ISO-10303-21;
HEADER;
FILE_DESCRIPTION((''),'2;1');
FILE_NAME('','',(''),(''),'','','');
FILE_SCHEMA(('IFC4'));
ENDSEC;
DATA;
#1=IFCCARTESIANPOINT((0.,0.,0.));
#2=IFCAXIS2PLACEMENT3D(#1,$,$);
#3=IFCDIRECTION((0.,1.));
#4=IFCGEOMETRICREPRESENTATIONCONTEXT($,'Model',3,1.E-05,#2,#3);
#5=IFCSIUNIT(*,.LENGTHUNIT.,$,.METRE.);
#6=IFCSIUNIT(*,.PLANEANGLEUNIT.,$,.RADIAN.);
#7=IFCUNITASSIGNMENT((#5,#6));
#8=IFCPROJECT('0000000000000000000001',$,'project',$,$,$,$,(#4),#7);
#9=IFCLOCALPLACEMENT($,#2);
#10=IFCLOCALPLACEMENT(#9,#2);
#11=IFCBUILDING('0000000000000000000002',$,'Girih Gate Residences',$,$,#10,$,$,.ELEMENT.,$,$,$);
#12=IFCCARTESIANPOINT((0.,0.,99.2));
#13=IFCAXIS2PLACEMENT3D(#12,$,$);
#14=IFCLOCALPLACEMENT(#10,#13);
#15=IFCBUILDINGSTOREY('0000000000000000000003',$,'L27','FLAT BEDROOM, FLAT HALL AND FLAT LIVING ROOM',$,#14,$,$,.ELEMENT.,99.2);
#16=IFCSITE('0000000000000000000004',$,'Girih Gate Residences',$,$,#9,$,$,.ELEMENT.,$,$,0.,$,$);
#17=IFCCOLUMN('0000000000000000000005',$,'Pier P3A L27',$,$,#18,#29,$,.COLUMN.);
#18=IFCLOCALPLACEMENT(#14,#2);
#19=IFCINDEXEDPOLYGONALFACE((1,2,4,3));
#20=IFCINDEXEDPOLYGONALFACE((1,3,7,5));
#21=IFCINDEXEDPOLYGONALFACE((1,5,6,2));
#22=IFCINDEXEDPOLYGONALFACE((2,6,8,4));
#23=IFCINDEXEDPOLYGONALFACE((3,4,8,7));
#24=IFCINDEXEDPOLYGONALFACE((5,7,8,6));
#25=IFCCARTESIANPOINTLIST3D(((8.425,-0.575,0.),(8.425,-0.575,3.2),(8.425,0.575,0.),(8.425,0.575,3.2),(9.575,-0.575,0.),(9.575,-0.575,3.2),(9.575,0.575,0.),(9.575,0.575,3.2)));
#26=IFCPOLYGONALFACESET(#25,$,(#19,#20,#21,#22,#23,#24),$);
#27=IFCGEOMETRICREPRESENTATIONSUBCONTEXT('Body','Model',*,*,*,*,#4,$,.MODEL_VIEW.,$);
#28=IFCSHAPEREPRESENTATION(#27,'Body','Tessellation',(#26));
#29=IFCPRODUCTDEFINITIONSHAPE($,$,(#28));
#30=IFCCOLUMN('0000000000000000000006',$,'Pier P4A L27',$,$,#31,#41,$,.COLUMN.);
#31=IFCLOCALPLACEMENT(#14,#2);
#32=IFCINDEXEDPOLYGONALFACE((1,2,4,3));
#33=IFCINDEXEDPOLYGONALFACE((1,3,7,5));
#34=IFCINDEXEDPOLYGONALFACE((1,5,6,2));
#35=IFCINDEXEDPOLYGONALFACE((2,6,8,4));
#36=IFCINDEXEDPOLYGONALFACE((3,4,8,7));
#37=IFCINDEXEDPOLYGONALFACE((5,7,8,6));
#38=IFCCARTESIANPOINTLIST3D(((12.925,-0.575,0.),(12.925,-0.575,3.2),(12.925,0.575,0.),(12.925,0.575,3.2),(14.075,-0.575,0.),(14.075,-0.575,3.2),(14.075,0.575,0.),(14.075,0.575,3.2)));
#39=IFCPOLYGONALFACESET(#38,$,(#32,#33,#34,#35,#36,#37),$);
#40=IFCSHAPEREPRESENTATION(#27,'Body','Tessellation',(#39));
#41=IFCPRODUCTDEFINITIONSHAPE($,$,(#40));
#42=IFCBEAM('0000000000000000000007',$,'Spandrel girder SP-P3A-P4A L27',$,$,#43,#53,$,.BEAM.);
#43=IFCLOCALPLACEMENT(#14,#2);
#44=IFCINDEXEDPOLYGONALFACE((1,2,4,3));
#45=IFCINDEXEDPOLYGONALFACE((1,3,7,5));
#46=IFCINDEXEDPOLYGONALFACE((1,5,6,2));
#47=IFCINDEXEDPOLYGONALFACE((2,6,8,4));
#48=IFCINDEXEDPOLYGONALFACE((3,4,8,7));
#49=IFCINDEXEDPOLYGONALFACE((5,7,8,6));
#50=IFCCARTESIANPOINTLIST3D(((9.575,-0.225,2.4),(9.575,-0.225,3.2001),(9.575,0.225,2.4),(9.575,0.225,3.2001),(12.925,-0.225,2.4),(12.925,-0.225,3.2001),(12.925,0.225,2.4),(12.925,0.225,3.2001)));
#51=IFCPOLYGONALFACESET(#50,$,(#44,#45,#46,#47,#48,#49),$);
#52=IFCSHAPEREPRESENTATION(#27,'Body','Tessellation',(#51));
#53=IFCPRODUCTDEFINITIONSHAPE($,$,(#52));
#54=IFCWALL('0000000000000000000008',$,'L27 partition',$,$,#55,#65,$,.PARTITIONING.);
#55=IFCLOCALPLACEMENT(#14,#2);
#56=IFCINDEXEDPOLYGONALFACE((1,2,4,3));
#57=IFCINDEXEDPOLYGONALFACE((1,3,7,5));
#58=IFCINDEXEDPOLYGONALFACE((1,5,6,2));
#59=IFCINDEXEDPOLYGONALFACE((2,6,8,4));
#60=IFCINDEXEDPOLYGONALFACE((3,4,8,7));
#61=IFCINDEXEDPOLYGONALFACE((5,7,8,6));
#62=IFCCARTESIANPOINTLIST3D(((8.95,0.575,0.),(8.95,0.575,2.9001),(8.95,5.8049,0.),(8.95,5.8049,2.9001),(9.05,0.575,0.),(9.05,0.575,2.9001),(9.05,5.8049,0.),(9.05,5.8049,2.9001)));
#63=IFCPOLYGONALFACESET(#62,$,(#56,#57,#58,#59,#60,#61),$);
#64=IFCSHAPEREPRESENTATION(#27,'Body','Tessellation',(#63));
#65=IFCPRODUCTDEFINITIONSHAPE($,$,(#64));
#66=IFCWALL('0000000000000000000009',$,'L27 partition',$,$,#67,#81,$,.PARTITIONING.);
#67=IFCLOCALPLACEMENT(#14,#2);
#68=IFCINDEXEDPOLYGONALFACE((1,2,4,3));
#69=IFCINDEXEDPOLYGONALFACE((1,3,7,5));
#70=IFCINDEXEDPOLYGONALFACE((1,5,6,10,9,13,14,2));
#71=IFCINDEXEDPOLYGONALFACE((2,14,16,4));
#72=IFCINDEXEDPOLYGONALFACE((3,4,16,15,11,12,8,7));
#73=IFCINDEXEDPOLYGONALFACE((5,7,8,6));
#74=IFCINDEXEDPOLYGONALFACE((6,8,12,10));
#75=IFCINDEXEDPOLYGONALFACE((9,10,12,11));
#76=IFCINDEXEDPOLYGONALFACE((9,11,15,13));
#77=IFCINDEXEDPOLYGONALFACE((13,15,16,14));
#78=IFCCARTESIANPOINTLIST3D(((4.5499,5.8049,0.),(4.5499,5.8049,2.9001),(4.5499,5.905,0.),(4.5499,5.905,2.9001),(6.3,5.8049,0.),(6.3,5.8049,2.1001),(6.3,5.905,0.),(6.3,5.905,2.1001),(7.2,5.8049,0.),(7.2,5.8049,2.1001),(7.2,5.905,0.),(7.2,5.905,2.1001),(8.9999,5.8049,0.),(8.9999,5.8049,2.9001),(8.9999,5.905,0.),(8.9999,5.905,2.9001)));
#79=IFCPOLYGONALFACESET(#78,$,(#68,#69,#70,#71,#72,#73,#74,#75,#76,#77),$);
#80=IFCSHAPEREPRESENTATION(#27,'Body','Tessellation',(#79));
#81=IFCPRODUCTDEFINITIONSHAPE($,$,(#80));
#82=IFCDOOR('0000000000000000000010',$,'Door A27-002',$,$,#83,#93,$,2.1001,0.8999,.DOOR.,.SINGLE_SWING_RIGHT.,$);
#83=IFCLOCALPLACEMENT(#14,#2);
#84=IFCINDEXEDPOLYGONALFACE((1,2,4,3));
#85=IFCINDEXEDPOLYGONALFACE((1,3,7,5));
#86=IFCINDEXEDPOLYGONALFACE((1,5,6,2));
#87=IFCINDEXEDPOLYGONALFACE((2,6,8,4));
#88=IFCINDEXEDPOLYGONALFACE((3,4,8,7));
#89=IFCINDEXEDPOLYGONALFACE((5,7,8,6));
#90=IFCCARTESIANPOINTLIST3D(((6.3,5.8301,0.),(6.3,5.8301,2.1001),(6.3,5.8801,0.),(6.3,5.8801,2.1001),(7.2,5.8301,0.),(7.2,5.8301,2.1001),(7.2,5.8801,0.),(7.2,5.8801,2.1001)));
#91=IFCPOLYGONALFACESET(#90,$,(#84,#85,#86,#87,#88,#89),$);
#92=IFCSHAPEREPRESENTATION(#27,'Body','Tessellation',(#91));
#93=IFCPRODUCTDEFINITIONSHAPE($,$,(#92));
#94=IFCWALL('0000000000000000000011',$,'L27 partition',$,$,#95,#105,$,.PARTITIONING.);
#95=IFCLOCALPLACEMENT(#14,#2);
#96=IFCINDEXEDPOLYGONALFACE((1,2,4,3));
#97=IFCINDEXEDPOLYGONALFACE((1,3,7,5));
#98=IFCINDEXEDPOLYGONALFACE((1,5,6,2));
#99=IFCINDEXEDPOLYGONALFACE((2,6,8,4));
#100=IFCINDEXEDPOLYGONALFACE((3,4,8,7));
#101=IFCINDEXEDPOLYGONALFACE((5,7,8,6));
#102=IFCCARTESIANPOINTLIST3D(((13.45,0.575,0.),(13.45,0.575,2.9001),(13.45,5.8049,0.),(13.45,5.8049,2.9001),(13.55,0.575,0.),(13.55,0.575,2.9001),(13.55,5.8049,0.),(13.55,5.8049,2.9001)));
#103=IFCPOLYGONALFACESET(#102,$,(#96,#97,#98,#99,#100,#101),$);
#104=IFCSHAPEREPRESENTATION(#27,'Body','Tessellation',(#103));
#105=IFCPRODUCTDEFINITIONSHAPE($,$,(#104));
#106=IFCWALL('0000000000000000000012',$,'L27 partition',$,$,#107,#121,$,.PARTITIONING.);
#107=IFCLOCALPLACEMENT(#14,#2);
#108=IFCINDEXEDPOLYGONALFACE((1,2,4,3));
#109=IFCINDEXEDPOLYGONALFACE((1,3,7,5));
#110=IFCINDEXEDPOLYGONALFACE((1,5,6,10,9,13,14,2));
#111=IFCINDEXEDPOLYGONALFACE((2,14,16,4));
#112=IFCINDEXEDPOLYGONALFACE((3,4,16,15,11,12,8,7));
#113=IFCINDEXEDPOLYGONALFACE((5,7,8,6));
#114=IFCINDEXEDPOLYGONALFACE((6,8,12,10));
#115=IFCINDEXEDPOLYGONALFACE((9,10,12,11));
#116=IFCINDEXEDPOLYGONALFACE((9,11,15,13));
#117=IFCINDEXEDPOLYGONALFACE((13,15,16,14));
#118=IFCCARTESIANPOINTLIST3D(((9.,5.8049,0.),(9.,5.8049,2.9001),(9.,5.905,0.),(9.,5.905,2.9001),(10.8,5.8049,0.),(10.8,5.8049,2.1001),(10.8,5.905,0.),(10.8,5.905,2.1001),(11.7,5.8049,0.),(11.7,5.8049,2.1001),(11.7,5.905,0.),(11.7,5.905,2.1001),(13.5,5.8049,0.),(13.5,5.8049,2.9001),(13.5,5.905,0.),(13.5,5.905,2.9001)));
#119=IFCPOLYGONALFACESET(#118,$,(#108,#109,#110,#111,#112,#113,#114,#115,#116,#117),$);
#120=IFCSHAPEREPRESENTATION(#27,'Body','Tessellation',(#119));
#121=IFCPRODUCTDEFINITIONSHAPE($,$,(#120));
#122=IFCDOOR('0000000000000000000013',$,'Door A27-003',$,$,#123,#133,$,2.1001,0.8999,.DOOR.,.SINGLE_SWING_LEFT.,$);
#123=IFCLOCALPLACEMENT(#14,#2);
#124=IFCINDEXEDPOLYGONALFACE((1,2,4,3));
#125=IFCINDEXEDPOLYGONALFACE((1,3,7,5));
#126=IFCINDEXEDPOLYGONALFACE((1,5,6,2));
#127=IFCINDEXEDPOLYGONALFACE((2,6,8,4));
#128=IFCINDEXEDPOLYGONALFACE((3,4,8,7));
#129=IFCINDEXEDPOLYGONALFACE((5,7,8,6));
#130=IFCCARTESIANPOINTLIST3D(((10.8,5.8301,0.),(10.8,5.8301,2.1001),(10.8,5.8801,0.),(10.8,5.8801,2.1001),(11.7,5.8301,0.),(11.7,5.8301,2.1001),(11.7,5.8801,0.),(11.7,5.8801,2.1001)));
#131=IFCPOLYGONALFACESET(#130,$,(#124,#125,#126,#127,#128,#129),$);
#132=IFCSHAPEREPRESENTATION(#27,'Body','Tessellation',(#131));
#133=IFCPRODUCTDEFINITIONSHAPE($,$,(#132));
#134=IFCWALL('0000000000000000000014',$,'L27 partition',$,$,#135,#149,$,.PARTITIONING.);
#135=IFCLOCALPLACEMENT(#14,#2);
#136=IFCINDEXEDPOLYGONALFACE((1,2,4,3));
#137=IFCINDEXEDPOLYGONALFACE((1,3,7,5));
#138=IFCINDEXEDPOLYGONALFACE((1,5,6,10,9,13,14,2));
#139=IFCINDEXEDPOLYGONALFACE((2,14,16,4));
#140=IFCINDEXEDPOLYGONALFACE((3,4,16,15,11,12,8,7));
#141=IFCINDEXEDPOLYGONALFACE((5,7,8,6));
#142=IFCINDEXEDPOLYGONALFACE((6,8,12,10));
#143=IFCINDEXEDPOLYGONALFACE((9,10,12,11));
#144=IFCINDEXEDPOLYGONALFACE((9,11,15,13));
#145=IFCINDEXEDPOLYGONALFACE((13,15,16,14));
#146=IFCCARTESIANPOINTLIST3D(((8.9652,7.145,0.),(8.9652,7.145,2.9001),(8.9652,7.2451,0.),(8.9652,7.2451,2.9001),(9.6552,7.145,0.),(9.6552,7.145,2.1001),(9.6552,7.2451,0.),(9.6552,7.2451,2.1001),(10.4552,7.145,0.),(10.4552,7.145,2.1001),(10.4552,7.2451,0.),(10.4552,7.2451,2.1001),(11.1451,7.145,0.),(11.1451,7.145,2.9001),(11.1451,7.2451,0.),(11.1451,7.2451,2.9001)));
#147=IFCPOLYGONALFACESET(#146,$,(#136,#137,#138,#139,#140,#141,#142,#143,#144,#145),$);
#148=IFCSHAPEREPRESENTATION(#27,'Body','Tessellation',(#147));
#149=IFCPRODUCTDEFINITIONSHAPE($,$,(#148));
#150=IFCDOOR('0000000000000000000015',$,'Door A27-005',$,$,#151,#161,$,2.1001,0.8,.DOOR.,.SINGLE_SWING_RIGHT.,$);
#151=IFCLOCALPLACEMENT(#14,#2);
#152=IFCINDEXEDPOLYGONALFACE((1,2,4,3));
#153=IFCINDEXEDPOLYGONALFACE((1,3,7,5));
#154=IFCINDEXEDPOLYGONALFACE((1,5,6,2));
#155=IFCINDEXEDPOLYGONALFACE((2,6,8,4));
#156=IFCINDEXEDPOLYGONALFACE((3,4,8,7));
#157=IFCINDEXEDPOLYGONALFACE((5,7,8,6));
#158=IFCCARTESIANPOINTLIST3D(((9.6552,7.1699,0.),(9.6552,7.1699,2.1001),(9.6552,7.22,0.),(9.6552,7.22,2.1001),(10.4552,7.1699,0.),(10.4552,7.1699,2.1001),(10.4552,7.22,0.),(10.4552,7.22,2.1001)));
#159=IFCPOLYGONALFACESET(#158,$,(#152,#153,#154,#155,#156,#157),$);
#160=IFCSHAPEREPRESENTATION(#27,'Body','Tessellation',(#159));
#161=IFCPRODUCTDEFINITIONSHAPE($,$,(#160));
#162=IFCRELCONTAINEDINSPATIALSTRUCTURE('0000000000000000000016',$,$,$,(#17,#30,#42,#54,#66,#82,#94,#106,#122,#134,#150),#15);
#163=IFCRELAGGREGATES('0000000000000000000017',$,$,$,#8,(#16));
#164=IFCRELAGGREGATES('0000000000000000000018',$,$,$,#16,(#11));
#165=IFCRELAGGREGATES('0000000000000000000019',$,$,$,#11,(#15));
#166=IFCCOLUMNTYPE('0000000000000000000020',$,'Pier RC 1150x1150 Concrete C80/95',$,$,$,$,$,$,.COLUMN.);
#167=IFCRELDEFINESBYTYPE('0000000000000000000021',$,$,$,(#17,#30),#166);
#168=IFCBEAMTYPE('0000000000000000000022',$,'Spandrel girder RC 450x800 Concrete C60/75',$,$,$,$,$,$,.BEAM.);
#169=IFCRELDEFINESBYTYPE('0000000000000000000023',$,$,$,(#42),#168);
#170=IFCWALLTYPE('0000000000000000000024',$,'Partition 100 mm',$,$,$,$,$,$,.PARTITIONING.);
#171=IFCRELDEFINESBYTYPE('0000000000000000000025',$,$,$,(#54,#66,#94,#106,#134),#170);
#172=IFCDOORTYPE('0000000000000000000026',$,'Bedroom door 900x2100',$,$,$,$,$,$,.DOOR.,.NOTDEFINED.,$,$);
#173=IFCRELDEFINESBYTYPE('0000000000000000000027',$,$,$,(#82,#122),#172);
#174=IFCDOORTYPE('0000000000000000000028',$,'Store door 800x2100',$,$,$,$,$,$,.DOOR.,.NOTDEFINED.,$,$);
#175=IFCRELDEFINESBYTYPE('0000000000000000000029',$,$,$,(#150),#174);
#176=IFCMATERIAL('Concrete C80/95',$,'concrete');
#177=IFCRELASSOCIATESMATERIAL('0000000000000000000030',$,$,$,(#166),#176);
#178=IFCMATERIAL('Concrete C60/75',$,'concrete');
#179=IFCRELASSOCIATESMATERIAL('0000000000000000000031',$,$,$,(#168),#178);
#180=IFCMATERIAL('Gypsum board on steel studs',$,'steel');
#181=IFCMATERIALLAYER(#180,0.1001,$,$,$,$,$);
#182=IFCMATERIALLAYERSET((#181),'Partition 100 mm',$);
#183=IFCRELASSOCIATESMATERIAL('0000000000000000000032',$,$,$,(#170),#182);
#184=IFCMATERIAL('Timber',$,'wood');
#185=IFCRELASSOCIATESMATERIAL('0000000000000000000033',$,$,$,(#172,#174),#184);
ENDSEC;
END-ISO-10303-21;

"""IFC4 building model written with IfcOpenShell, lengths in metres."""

from ifc_helpers import new_model, si_unit, direction, frame, frame_2d, origin, origin_2d, place, context, subcontext, project, spatial, rectangle, extrude, material, layer, layer_set, material_profile, profile_set, type_object, element, fill, save


model = new_model("IFC4")

# Units and contexts
model_context = context("Model", 3, precision=1e-05, world=origin(), true_north=direction((0.0, 1.0)))
body_context = subcontext(model_context, "Body", "Model", "MODEL_VIEW")
ifc_project = project(units=[si_unit("LENGTHUNIT", "METRE"), si_unit("PLANEANGLEUNIT", "RADIAN")], contexts=[model_context])

# Site, building, storey
site_placement = place(None, origin())
site = spatial("IfcSite", under=ifc_project, at=site_placement, Name="Girih Gate Residences", CompositionType="ELEMENT", RefElevation=0.0)
building_placement = place(site_placement, origin())
building = spatial("IfcBuilding", under=site, at=building_placement, Name="Girih Gate Residences", CompositionType="ELEMENT")
storey_placement = place(building_placement, frame((0.0, 0.0, 99.2)))
storey = spatial("IfcBuildingStorey", under=building, at=storey_placement, Name="L27", Description="FLAT BEDROOM, FLAT HALL AND FLAT LIVING ROOM", CompositionType="ELEMENT", Elevation=99.2)

# Columns
ifc_material_1 = material(Name="Concrete C80/95", Category="concrete")
ifc_material_profile_1 = material_profile(ifc_material_1, rectangle(XDim=1.1499, YDim=1.1499, at=origin_2d()))
ifc_profile_set_1 = profile_set([ifc_material_profile_1], Name="Concrete C80/95")
column_type = type_object("IfcColumnType", Name="Pier RC 1150x1150 Concrete C80/95", PredefinedType="COLUMN", material=ifc_profile_set_1)
for number, where, z_axis, x_axis, name in (
    (1, (9.0, 0.0, 0.0), (0.0, 0.0, 1.0), (1.0, 0.0, 0.0), "Pier P3A L27"),
    (2, (13.5, 0.0, 0.0), (0.0, 0.0, 1.0), (1.0, 0.0, 0.0), "Pier P4A L27"),
):
    element("IfcColumn", number, at=place(storey_placement, frame(where, z_axis=z_axis, x_axis=x_axis)), inside=storey, type_object=column_type, Name=name, PredefinedType="COLUMN", context=body_context, shape_type="SweptSolid", body=[
        extrude(rectangle(XDim=1.1499, YDim=1.1499, at=origin_2d()), origin(), (0.0, 0.0, 1.0), 3.2),
    ])

# Beam
ifc_material_2 = material(Name="Concrete C60/75", Category="concrete")
ifc_material_profile_2 = material_profile(ifc_material_2, rectangle(XDim=0.45, YDim=0.8, at=origin_2d()))
ifc_profile_set_2 = profile_set([ifc_material_profile_2], Name="Concrete C60/75")
beam_type = type_object("IfcBeamType", Name="Spandrel girder RC 450x800 Concrete C60/75", PredefinedType="BEAM", material=ifc_profile_set_2)
beam_placement = place(storey_placement, frame((9.575, 0.0, 2.8), z_axis=(1.0, 0.0, 0.0), x_axis=(0.0, 1.0, 0.0)))
element("IfcBeam", 3, at=beam_placement, inside=storey, type_object=beam_type, Name="Spandrel girder SP-P3A-P4A L27", PredefinedType="BEAM", context=body_context, shape_type="SweptSolid", body=[
    extrude(rectangle(XDim=0.45, YDim=0.8, at=origin_2d()), origin(), (0.0, 0.0, 1.0), 3.3501),
])

# Wall
ifc_material_3 = material(Name="Gypsum board on steel studs", Category="steel")
ifc_layer_1 = layer(ifc_material_3, 0.1001)
ifc_layer_set_1 = layer_set([ifc_layer_1], Name="Partition 100 mm")
wall_type_1 = type_object("IfcWallType", Name="Partition 100 mm", PredefinedType="PARTITIONING", material=ifc_layer_set_1)
wall_1_placement = place(storey_placement, frame((9.0, 0.575, 0.0), z_axis=(0.0, 0.0, 1.0), x_axis=(0.0, 1.0, 0.0)))
element("IfcWall", 4, at=wall_1_placement, inside=storey, type_object=wall_type_1, Name="L27 partition", PredefinedType="PARTITIONING", context=body_context, shape_type="SweptSolid", body=[
    extrude(rectangle(XDim=5.23, YDim=0.1001, at=frame_2d((2.615, 0.0))), origin(), (0.0, 0.0, 1.0), 2.9001),
])

# Wall, opening, door
wall_2_placement = place(storey_placement, frame((9.0, 5.855, 0.0), z_axis=(0.0, 0.0, 1.0), x_axis=(-1.0, 0.0, 0.0)))
wall_2 = element("IfcWall", 5, at=wall_2_placement, inside=storey, type_object=wall_type_1, Name="L27 partition", PredefinedType="PARTITIONING", context=body_context, shape_type="SweptSolid", body=[
    extrude(rectangle(XDim=4.45, YDim=0.1001, at=frame_2d((2.2251, 0.0))), origin(), (0.0, 0.0, 1.0), 2.9001),
])
opening_1_placement = place(wall_2_placement, frame((1.8, 0.0, 0.0)))
opening_1 = element("IfcOpeningElement", 6, at=opening_1_placement, cuts=wall_2, PredefinedType="OPENING", context=body_context, shape_type="SweptSolid", body=[
    extrude(rectangle(XDim=0.8999, YDim=2.1001, at=frame_2d((0.45, 1.05))), frame((0.0, 0.0601, 0.0), z_axis=(0.0, -1.0, 0.0), x_axis=(1.0, 0.0, 0.0)), (0.0, 0.0, 1.0), 0.1201),
])
ifc_material_4 = material(Name="Timber", Category="wood")
door_type_1 = type_object("IfcDoorType", Name="Bedroom door 900x2100", OperationType="NOTDEFINED", PredefinedType="DOOR", material=ifc_material_4)
door_1_placement = place(opening_1_placement, origin())
door_1 = element("IfcDoor", 7, at=door_1_placement, inside=storey, type_object=door_type_1, Name="Door A27-002", OperationType="SINGLE_SWING_RIGHT", OverallHeight=2.1001, OverallWidth=0.8999, PredefinedType="DOOR", context=body_context, shape_type="SweptSolid", body=[
    extrude(rectangle(XDim=0.8999, YDim=2.1001, at=frame_2d((0.45, 1.05))), frame((0.0, 0.0249, 0.0), z_axis=(0.0, -1.0, 0.0), x_axis=(1.0, 0.0, 0.0)), (0.0, 0.0, 1.0), 0.05),
])
fill(opening_1, door_1)

# Wall
wall_3_placement = place(storey_placement, frame((13.5, 0.575, 0.0), z_axis=(0.0, 0.0, 1.0), x_axis=(0.0, 1.0, 0.0)))
element("IfcWall", 8, at=wall_3_placement, inside=storey, type_object=wall_type_1, Name="L27 partition", PredefinedType="PARTITIONING", context=body_context, shape_type="SweptSolid", body=[
    extrude(rectangle(XDim=5.23, YDim=0.1001, at=frame_2d((2.615, 0.0))), origin(), (0.0, 0.0, 1.0), 2.9001),
])

# Walls, openings, doors
wall_4_placement = place(storey_placement, frame((13.5, 5.855, 0.0), z_axis=(0.0, 0.0, 1.0), x_axis=(-1.0, 0.0, 0.0)))
wall_4 = element("IfcWall", 9, at=wall_4_placement, inside=storey, type_object=wall_type_1, Name="L27 partition", PredefinedType="PARTITIONING", context=body_context, shape_type="SweptSolid", body=[
    extrude(rectangle(XDim=4.5, YDim=0.1001, at=frame_2d((2.25, 0.0))), origin(), (0.0, 0.0, 1.0), 2.9001),
])
opening_2_placement = place(wall_4_placement, frame((1.8, 0.0, 0.0)))
opening_2 = element("IfcOpeningElement", 10, at=opening_2_placement, cuts=wall_4, PredefinedType="OPENING", context=body_context, shape_type="SweptSolid", body=[
    extrude(rectangle(XDim=0.8999, YDim=2.1001, at=frame_2d((0.45, 1.05))), frame((0.0, 0.0601, 0.0), z_axis=(0.0, -1.0, 0.0), x_axis=(1.0, 0.0, 0.0)), (0.0, 0.0, 1.0), 0.1201),
])
door_2_placement = place(opening_2_placement, origin())
door_2 = element("IfcDoor", 11, at=door_2_placement, inside=storey, type_object=door_type_1, Name="Door A27-003", OperationType="SINGLE_SWING_LEFT", OverallHeight=2.1001, OverallWidth=0.8999, PredefinedType="DOOR", context=body_context, shape_type="SweptSolid", body=[
    extrude(rectangle(XDim=0.8999, YDim=2.1001, at=frame_2d((0.45, 1.05))), frame((0.0, 0.0249, 0.0), z_axis=(0.0, -1.0, 0.0), x_axis=(1.0, 0.0, 0.0)), (0.0, 0.0, 1.0), 0.05),
])
fill(opening_2, door_2)
wall_5_placement = place(storey_placement, frame((8.9653, 7.1951, 0.0), z_axis=(0.0, 0.0, 1.0), x_axis=(1.0, 0.0, 0.0)))
wall_5 = element("IfcWall", 12, at=wall_5_placement, inside=storey, type_object=wall_type_1, Name="L27 partition", PredefinedType="PARTITIONING", context=body_context, shape_type="SweptSolid", body=[
    extrude(rectangle(XDim=2.1799, YDim=0.1001, at=frame_2d((1.0898, 0.0))), origin(), (0.0, 0.0, 1.0), 2.9001),
])
opening_3_placement = place(wall_5_placement, frame((0.6899, 0.0, 0.0)))
opening_3 = element("IfcOpeningElement", 13, at=opening_3_placement, cuts=wall_5, PredefinedType="OPENING", context=body_context, shape_type="SweptSolid", body=[
    extrude(rectangle(XDim=0.8, YDim=2.1001, at=frame_2d((0.3999, 1.05))), frame((0.0, 0.0601, 0.0), z_axis=(0.0, -1.0, 0.0), x_axis=(1.0, 0.0, 0.0)), (0.0, 0.0, 1.0), 0.1201),
])
door_type_2 = type_object("IfcDoorType", Name="Store door 800x2100", OperationType="NOTDEFINED", PredefinedType="DOOR", material=ifc_material_4)
door_3_placement = place(opening_3_placement, origin())
door_3 = element("IfcDoor", 14, at=door_3_placement, inside=storey, type_object=door_type_2, Name="Door A27-005", OperationType="SINGLE_SWING_RIGHT", OverallHeight=2.1001, OverallWidth=0.8, PredefinedType="DOOR", context=body_context, shape_type="SweptSolid", body=[
    extrude(rectangle(XDim=0.8, YDim=2.1001, at=frame_2d((0.3999, 1.05))), frame((0.0, 0.0249, 0.0), z_axis=(0.0, -1.0, 0.0), x_axis=(1.0, 0.0, 0.0)), (0.0, 0.0, 1.0), 0.05),
])
fill(opening_3, door_3)

save(model, "model.ifc")
